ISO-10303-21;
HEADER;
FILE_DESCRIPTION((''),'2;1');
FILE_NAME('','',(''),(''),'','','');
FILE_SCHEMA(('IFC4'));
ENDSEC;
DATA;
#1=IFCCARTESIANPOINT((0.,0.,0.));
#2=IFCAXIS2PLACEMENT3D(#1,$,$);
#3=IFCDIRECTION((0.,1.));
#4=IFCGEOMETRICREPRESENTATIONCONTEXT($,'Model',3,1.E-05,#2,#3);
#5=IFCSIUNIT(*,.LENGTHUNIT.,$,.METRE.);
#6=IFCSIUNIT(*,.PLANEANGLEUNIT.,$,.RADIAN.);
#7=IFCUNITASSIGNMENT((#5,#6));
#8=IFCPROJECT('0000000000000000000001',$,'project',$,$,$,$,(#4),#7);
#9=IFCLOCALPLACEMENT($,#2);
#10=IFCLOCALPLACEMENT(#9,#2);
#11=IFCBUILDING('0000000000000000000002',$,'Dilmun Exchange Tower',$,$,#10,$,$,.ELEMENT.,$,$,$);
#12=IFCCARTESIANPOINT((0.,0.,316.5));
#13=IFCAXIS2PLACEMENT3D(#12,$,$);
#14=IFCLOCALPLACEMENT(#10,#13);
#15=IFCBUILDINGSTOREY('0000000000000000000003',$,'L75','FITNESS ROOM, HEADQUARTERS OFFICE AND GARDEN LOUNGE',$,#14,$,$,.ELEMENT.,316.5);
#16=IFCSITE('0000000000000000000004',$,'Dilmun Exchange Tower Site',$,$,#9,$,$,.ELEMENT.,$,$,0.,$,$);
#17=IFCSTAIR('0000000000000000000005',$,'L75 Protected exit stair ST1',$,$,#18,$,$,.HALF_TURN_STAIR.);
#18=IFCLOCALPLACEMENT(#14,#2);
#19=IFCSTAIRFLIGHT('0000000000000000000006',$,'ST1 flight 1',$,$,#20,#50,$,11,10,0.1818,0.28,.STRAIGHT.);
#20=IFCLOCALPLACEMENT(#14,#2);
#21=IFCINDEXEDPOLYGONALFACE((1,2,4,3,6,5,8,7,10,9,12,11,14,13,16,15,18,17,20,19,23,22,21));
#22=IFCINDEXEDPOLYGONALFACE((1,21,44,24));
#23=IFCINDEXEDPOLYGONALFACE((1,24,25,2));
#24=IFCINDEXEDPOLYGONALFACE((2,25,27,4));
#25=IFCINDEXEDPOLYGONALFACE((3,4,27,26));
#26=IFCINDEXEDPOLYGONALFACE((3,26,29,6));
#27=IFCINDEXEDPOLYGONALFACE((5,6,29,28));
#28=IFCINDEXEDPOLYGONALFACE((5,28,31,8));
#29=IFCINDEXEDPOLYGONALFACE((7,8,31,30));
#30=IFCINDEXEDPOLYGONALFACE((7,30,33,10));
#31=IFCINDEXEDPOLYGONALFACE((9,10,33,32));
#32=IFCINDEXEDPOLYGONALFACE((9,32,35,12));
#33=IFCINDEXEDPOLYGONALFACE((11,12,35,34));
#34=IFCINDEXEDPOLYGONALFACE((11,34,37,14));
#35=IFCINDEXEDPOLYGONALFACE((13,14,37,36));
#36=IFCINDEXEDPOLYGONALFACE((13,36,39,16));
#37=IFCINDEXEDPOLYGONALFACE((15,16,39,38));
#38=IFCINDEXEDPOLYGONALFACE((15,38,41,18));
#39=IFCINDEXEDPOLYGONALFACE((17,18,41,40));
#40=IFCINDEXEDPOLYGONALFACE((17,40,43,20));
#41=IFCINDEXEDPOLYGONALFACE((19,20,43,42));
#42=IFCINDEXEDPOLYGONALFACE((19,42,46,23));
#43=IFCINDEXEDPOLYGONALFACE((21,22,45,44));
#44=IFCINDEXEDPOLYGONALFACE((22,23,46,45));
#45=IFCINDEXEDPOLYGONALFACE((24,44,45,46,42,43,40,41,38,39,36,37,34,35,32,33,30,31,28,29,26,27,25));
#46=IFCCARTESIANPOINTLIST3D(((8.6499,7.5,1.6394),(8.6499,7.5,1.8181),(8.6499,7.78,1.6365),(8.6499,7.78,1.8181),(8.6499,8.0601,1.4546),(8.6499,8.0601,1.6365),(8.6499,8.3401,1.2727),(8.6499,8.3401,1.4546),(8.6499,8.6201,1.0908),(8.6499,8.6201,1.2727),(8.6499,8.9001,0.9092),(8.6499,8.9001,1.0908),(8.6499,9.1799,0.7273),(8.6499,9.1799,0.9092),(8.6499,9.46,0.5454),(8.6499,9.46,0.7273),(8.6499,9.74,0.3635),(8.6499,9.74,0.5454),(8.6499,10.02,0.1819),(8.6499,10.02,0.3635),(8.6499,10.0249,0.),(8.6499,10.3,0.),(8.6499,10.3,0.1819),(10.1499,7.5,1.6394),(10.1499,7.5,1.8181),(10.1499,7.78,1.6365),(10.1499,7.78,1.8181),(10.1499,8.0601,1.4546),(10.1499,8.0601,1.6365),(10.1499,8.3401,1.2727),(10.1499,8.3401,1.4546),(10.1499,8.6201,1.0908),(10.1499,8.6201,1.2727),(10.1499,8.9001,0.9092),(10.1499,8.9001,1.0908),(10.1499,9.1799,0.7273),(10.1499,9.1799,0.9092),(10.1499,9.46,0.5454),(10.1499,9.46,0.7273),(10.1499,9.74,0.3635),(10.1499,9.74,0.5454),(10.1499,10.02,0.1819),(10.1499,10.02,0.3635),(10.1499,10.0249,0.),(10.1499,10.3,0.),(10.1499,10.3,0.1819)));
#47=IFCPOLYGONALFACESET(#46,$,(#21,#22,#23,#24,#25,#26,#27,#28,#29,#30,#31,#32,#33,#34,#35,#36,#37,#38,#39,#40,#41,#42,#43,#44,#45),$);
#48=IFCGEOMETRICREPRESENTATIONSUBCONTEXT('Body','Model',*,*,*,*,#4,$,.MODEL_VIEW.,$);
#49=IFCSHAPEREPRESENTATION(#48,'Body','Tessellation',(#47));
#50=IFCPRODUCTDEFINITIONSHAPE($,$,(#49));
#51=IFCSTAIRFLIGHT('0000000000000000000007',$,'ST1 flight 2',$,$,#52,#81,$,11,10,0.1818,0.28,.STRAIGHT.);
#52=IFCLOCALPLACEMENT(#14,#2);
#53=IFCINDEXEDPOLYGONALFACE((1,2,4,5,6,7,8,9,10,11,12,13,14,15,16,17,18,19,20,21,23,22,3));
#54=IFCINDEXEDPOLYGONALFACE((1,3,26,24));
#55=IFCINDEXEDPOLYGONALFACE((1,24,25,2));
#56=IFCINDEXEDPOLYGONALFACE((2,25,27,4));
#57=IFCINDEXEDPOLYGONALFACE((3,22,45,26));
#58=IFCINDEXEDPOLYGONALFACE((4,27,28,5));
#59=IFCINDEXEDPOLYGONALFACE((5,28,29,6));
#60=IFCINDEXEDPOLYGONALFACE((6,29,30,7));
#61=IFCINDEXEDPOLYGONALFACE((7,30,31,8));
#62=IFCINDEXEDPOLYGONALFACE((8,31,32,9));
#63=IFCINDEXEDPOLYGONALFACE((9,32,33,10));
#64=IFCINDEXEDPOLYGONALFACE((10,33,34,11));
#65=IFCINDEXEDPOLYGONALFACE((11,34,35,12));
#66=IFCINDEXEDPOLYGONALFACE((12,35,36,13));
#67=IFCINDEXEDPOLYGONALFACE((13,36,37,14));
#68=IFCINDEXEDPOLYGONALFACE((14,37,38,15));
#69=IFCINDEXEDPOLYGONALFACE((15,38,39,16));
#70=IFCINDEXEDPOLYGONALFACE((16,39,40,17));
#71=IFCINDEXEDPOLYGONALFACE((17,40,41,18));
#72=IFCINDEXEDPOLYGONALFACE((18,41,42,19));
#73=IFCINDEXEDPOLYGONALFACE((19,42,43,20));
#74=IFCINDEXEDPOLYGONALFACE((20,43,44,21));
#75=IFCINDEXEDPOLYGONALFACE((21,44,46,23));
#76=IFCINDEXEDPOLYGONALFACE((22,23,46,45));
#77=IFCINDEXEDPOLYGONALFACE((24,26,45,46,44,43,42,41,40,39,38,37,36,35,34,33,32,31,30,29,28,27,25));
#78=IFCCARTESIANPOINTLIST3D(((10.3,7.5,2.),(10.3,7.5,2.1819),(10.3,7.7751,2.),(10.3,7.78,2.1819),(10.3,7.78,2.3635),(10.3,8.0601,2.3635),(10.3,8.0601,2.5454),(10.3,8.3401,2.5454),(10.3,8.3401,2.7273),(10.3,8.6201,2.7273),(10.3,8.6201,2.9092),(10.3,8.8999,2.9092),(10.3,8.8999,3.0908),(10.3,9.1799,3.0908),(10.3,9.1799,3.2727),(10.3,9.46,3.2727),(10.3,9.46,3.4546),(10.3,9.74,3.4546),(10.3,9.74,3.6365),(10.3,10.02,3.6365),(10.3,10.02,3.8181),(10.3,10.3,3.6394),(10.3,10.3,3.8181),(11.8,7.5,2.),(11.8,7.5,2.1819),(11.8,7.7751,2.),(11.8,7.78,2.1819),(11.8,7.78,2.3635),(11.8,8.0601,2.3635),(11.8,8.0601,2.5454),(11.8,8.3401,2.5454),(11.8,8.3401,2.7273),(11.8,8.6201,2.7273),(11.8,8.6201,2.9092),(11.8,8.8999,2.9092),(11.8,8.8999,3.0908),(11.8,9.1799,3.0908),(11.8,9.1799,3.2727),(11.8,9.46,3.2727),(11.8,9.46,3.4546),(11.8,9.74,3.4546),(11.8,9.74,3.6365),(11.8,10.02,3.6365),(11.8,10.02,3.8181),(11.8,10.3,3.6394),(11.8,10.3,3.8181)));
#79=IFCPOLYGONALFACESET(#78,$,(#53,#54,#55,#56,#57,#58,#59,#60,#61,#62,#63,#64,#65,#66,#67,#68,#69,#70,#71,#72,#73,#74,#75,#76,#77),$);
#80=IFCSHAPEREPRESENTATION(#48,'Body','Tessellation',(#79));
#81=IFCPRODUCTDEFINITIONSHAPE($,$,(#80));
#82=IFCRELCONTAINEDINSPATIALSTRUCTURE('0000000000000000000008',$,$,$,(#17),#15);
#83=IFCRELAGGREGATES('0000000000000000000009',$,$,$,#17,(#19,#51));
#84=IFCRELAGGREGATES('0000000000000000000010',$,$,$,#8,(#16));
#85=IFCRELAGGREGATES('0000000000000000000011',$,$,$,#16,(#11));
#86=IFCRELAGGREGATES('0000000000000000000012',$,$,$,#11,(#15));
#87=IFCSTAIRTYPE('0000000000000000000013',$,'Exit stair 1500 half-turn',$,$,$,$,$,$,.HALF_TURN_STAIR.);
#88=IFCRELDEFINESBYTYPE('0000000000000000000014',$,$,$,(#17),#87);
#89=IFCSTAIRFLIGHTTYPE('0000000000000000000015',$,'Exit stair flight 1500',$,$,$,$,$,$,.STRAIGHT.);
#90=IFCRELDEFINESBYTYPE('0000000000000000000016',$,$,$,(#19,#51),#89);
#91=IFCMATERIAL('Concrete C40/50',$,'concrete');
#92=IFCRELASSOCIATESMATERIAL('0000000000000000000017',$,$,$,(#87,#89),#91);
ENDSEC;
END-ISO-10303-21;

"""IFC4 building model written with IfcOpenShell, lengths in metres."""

from ifc_helpers import new_model, si_unit, direction, frame, origin, place, context, subcontext, project, spatial, polyline, outline, extrude, material, type_object, element, aggregate, save


model = new_model("IFC4")

# Units and contexts
model_context = context("Model", 3, precision=1e-05, world=origin(), true_north=direction((0.0, 1.0)))
body_context = subcontext(model_context, "Body", "Model", "MODEL_VIEW")
ifc_project = project(units=[si_unit("LENGTHUNIT", "METRE"), si_unit("PLANEANGLEUNIT", "RADIAN")], contexts=[model_context])

# Site, building, storey
site_placement = place(None, origin())
site = spatial("IfcSite", under=ifc_project, at=site_placement, Name="Dilmun Exchange Tower Site", CompositionType="ELEMENT", RefElevation=0.0)
building_placement = place(site_placement, origin())
building = spatial("IfcBuilding", under=site, at=building_placement, Name="Dilmun Exchange Tower", CompositionType="ELEMENT")
storey_placement = place(building_placement, frame((0.0, 0.0, 316.5)))
storey = spatial("IfcBuildingStorey", under=building, at=storey_placement, Name="L75", Description="FITNESS ROOM, HEADQUARTERS OFFICE AND GARDEN LOUNGE", CompositionType="ELEMENT", Elevation=316.5)

# Shared definitions
ifc_material_1 = material(Name="Concrete C40/50", Category="concrete")

# Stair, stair flights
stair_type = type_object("IfcStairType", Name="Exit stair 1500 half-turn", PredefinedType="HALF_TURN_STAIR", material=ifc_material_1)
stair_placement = place(storey_placement, origin())
stair = element("IfcStair", 1, at=stair_placement, inside=storey, type_object=stair_type, Name="L75 Protected exit stair ST1", PredefinedType="HALF_TURN_STAIR")
stair_flight_type = type_object("IfcStairFlightType", Name="Exit stair flight 1500", PredefinedType="STRAIGHT", material=ifc_material_1)
stair_flight_1_placement = place(storey_placement, frame((9.3999, 10.3, 0.0), z_axis=(0.0, 0.0, 1.0), x_axis=(0.0, -1.0, 0.0)))
stair_flight_1 = element("IfcStairFlight", 2, at=stair_flight_1_placement, type_object=stair_flight_type, Name="ST1 flight 1", NumberOfRisers=11, NumberOfTreads=10, PredefinedType="STRAIGHT", RiserHeight=0.1818, TreadLength=0.28, context=body_context, shape_type="SweptSolid", body=[
    extrude(outline(polyline([(0.0, 0.0), (0.0, 0.1819), (0.28, 0.1819), (0.28, 0.3635), (0.5601, 0.3635), (0.5601, 0.5454), (0.8401, 0.5454), (0.8401, 0.7273), (1.1201, 0.7273), (1.1201, 0.9092), (1.3999, 0.9092), (1.3999, 1.0908), (1.6799, 1.0908), (1.6799, 1.2727), (1.96, 1.2727), (1.96, 1.4546), (2.24, 1.4546), (2.24, 1.6365), (2.52, 1.6365), (2.52, 1.8181), (2.8, 1.8181), (2.8, 2.0), (2.8, 1.6394), (0.2751, 0.0), (0.0, 0.0)])), frame((0.0, 0.75, 0.0), z_axis=(0.0, -1.0, 0.0), x_axis=(1.0, 0.0, 0.0)), (0.0, 0.0, 1.0), 1.5),
])
stair_flight_2_placement = place(storey_placement, frame((11.05, 7.5, 2.0), z_axis=(0.0, 0.0, 1.0), x_axis=(0.0, 1.0, 0.0)))
stair_flight_2 = element("IfcStairFlight", 3, at=stair_flight_2_placement, type_object=stair_flight_type, Name="ST1 flight 2", NumberOfRisers=11, NumberOfTreads=10, PredefinedType="STRAIGHT", RiserHeight=0.1818, TreadLength=0.28, context=body_context, shape_type="SweptSolid", body=[
    extrude(outline(polyline([(0.0, 0.0), (0.0, 0.1819), (0.28, 0.1819), (0.28, 0.3635), (0.5601, 0.3635), (0.5601, 0.5454), (0.8401, 0.5454), (0.8401, 0.7273), (1.1201, 0.7273), (1.1201, 0.9092), (1.3999, 0.9092), (1.3999, 1.0908), (1.6799, 1.0908), (1.6799, 1.2727), (1.96, 1.2727), (1.96, 1.4546), (2.24, 1.4546), (2.24, 1.6365), (2.52, 1.6365), (2.52, 1.8181), (2.8, 1.8181), (2.8, 2.0), (2.8, 1.6394), (0.2751, 0.0), (0.0, 0.0)])), frame((0.0, 0.75, 0.0), z_axis=(0.0, -1.0, 0.0), x_axis=(1.0, 0.0, 0.0)), (0.0, 0.0, 1.0), 1.5),
])
aggregate(stair, [stair_flight_1, stair_flight_2])

save(model, "model.ifc")
